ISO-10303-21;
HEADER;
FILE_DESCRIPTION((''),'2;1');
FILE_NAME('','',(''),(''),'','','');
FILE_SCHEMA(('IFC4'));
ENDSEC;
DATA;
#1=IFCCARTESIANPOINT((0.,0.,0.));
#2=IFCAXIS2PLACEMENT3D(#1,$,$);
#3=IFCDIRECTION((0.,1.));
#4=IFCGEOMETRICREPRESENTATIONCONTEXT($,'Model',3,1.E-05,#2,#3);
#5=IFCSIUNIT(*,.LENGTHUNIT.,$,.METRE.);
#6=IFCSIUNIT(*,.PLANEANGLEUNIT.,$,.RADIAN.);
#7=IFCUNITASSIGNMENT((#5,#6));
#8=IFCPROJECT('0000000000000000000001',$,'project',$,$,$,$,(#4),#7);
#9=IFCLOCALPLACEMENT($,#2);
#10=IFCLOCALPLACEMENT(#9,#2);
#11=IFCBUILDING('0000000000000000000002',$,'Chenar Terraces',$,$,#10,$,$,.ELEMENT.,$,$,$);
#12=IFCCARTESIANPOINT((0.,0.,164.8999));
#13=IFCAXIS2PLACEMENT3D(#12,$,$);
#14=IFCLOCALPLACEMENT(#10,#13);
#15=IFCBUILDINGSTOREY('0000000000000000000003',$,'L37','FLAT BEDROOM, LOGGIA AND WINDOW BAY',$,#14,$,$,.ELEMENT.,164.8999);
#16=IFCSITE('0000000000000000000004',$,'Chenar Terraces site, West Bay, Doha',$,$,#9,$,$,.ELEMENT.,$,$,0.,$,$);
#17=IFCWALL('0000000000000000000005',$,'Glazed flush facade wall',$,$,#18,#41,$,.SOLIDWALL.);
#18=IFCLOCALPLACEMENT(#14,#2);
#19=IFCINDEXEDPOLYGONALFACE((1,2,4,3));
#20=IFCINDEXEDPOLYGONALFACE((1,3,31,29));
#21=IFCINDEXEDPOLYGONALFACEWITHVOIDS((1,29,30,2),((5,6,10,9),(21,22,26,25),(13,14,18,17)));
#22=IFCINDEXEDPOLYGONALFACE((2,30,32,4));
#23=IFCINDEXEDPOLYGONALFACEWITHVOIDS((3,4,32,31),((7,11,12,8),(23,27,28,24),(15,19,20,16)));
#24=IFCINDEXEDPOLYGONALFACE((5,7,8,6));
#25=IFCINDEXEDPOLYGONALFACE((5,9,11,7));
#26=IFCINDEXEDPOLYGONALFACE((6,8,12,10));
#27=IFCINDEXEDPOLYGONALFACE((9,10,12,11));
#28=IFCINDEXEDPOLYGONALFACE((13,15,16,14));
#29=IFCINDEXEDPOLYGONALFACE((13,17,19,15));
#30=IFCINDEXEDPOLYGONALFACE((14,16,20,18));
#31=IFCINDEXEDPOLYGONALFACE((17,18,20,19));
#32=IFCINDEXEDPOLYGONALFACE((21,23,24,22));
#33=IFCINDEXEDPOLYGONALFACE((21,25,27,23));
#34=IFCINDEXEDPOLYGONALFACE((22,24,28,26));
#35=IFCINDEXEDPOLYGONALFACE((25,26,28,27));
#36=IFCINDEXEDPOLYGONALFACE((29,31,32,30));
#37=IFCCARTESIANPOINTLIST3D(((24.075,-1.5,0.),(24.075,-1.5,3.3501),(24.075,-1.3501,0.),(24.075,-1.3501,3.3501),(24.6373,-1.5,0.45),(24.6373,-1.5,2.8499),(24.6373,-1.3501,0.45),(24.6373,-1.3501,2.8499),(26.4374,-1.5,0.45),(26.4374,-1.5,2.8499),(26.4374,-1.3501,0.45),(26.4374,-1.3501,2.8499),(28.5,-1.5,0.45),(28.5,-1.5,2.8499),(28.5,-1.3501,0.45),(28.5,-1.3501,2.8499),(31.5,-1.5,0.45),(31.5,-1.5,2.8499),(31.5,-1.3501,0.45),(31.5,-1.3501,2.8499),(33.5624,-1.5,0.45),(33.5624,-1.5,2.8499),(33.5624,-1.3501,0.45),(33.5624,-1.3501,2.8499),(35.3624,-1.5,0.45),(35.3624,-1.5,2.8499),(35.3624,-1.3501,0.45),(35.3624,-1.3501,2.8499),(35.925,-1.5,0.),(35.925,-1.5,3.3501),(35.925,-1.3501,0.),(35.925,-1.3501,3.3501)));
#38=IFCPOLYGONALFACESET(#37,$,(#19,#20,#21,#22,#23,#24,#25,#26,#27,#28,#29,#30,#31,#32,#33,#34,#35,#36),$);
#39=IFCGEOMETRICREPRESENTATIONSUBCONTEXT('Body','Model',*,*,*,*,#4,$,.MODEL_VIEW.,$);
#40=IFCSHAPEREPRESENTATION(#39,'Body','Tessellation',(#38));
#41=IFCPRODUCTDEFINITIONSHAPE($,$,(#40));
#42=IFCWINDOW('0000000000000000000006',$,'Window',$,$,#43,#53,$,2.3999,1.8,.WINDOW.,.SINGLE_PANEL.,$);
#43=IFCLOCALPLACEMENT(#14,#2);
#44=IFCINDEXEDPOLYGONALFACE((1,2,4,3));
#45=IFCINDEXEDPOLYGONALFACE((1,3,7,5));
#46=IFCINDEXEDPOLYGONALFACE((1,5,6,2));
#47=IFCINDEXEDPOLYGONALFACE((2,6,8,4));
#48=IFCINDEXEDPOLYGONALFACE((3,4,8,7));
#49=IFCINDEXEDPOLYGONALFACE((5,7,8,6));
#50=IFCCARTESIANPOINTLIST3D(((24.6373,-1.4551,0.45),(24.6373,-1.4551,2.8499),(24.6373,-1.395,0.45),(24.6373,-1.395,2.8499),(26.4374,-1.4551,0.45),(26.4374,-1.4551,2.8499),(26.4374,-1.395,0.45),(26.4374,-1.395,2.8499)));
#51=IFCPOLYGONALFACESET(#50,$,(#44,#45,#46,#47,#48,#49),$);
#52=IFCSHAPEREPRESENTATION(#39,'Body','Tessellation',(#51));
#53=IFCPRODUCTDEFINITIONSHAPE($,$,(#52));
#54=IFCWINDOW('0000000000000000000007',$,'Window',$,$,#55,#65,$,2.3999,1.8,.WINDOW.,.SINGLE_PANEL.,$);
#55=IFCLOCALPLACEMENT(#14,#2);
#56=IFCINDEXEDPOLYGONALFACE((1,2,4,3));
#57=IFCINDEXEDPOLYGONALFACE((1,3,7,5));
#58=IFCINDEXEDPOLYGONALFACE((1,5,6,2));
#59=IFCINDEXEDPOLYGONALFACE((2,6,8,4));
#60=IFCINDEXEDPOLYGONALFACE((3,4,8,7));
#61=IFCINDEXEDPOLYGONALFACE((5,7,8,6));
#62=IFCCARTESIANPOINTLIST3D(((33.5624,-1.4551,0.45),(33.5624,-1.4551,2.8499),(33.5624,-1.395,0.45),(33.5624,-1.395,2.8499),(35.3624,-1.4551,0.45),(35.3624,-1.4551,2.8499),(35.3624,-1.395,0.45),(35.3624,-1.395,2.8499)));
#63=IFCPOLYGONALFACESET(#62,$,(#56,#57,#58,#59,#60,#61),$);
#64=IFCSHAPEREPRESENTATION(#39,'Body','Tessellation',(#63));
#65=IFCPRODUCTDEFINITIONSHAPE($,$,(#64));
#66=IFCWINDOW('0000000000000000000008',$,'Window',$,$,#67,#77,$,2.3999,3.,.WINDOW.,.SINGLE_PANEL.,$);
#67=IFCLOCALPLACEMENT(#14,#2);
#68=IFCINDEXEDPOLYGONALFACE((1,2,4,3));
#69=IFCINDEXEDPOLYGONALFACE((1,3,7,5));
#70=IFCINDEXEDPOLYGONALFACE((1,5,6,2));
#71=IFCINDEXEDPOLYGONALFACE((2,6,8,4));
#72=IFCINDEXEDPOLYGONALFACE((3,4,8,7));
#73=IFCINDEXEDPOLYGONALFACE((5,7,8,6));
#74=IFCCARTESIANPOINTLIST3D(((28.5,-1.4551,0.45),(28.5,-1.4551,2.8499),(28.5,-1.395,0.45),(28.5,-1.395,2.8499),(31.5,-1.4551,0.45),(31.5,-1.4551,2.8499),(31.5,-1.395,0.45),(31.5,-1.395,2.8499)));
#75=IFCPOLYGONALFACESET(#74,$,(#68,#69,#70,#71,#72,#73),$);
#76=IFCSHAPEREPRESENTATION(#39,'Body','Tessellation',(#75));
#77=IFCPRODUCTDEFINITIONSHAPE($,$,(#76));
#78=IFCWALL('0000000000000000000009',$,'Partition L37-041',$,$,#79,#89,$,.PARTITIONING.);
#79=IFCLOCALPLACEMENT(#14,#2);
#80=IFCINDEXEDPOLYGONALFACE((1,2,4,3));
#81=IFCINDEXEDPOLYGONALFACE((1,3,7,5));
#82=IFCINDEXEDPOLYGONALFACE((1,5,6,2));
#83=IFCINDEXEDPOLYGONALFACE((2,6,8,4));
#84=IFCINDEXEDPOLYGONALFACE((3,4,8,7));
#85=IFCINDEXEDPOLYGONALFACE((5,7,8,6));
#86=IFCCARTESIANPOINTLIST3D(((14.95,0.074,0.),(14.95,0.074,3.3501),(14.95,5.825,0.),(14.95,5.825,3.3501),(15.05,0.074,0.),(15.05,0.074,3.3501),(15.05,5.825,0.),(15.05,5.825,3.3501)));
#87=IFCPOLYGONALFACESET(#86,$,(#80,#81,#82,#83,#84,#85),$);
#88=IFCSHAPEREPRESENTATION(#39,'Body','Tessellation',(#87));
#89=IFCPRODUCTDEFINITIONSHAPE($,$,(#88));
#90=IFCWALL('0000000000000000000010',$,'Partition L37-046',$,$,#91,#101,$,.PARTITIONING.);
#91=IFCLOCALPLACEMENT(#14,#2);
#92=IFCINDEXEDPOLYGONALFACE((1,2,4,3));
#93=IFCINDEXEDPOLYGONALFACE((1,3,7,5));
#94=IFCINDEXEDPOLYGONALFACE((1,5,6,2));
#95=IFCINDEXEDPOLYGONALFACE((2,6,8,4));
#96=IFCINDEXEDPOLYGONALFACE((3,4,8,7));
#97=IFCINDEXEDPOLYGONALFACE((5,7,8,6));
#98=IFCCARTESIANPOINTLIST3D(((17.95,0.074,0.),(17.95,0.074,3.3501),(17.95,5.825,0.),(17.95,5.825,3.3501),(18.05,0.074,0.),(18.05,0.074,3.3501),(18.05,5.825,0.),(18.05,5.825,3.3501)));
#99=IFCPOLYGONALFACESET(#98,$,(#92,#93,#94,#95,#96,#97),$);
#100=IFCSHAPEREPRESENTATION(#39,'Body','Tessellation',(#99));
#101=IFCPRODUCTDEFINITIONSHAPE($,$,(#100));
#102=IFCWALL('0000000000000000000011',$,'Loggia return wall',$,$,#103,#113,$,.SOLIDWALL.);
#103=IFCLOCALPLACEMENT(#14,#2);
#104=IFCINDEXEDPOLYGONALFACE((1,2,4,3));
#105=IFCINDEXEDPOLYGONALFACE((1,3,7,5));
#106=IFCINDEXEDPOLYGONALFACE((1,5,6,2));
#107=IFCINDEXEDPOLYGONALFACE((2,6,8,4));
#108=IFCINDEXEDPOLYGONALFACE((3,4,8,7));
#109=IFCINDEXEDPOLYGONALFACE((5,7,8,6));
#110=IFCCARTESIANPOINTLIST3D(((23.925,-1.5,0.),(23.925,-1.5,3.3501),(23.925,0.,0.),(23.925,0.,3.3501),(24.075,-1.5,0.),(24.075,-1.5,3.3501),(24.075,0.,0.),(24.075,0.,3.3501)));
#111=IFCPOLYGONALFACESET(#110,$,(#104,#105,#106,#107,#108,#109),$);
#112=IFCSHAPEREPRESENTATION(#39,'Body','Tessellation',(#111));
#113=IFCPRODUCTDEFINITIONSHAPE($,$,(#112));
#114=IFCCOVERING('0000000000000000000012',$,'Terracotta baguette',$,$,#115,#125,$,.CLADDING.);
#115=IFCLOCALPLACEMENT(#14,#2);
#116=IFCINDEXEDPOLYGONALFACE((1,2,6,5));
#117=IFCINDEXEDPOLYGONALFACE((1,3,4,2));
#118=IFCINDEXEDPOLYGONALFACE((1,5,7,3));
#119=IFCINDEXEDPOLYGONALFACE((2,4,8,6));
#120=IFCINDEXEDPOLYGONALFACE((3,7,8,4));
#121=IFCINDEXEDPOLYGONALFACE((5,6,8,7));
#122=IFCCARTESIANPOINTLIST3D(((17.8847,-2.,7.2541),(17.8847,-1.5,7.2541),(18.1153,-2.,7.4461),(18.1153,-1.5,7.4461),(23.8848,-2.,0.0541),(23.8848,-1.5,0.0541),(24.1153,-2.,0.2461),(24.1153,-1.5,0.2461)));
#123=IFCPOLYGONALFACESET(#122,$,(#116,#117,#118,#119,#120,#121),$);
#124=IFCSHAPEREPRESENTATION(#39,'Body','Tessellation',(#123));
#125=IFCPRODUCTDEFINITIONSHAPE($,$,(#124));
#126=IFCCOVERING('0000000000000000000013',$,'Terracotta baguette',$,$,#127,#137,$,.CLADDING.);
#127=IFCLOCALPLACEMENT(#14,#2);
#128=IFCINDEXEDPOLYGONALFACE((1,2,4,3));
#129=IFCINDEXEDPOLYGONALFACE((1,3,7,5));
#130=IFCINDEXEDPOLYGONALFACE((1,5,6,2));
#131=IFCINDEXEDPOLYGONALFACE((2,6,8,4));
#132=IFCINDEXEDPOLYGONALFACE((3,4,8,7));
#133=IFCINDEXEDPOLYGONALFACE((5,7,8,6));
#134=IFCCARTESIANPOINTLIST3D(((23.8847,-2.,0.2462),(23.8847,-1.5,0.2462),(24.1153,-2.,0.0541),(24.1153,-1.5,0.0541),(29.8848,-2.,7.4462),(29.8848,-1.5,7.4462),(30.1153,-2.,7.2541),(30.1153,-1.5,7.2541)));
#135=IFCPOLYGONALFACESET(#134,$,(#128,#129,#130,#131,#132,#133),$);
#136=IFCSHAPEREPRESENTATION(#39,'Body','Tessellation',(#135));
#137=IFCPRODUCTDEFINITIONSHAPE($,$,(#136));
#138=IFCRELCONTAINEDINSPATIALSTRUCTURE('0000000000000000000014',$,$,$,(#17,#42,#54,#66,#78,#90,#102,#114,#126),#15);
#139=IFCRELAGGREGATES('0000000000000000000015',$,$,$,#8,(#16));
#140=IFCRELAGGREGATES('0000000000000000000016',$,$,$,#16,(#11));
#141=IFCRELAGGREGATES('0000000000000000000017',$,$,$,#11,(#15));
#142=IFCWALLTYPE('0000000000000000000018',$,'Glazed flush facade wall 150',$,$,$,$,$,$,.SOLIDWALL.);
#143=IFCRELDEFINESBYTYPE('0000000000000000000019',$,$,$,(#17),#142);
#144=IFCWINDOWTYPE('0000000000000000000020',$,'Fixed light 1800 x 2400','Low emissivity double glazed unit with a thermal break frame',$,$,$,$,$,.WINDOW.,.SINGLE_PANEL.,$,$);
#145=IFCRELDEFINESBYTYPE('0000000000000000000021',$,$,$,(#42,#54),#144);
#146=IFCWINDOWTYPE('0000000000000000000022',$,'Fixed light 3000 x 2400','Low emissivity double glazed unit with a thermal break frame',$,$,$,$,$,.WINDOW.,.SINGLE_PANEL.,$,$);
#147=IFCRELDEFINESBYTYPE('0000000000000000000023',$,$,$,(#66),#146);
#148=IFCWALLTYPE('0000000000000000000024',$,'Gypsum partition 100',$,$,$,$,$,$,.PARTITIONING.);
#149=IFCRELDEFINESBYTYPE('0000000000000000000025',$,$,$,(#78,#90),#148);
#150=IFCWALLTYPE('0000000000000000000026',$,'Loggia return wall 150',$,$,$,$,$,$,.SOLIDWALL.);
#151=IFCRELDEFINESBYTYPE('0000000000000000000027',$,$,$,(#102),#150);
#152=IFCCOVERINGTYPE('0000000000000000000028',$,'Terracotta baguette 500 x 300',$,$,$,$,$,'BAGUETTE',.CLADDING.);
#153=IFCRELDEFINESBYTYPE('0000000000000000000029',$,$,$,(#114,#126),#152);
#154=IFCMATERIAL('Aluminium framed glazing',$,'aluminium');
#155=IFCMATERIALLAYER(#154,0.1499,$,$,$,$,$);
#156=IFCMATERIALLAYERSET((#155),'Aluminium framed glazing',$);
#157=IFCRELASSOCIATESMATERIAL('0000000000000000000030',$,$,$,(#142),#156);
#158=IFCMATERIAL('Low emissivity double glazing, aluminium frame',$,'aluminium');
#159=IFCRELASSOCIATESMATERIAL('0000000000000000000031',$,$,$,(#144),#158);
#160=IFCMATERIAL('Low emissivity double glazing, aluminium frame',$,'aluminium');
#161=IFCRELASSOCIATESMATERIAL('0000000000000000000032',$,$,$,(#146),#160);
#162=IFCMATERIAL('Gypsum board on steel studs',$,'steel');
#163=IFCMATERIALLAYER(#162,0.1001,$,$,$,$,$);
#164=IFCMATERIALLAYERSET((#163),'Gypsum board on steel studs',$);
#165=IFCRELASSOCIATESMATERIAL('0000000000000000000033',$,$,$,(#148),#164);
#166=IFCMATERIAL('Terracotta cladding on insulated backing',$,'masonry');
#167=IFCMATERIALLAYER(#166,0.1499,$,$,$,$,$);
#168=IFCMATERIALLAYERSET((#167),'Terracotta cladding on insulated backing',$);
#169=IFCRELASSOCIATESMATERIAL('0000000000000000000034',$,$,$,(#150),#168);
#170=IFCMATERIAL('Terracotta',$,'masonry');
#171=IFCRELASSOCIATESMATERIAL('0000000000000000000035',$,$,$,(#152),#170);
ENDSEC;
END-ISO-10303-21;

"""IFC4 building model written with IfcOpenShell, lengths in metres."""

from ifc_helpers import new_model, si_unit, direction, frame, frame_2d, origin, origin_2d, place, context, subcontext, project, spatial, rectangle, extrude, material, layer, layer_set, material_profile, profile_set, type_object, element, fill, save


model = new_model("IFC4")

# Units and contexts
model_context = context("Model", 3, precision=1e-05, world=origin(), true_north=direction((0.0, 1.0)))
body_context = subcontext(model_context, "Body", "Model", "MODEL_VIEW")
ifc_project = project(units=[si_unit("LENGTHUNIT", "METRE"), si_unit("PLANEANGLEUNIT", "RADIAN")], contexts=[model_context])

# Site, building, storey
site_placement = place(None, origin())
site = spatial("IfcSite", under=ifc_project, at=site_placement, Name="Chenar Terraces site, West Bay, Doha", CompositionType="ELEMENT", RefElevation=0.0)
building_placement = place(site_placement, origin())
building = spatial("IfcBuilding", under=site, at=building_placement, Name="Chenar Terraces", CompositionType="ELEMENT")
storey_placement = place(building_placement, frame((0.0, 0.0, 164.8999)))
storey = spatial("IfcBuildingStorey", under=building, at=storey_placement, Name="L37", Description="FLAT BEDROOM, LOGGIA AND WINDOW BAY", CompositionType="ELEMENT", Elevation=164.8999)

# Wall, openings, windows
ifc_material_1 = material(Name="Aluminium framed glazing", Category="aluminium")
ifc_layer_1 = layer(ifc_material_1, 0.1499)
ifc_layer_set_1 = layer_set([ifc_layer_1], Name="Aluminium framed glazing")
wall_type_1 = type_object("IfcWallType", Name="Glazed flush facade wall 150", PredefinedType="SOLIDWALL", material=ifc_layer_set_1)
wall_1_placement = place(storey_placement, frame((24.075, -1.425, 0.0), z_axis=(0.0, 0.0, 1.0), x_axis=(1.0, 0.0, 0.0)))
wall_1 = element("IfcWall", 1, at=wall_1_placement, inside=storey, type_object=wall_type_1, Name="Glazed flush facade wall", PredefinedType="SOLIDWALL", context=body_context, shape_type="SweptSolid", body=[
    extrude(rectangle(XDim=11.8501, YDim=0.1499, at=frame_2d((5.925, 0.0))), origin(), (0.0, 0.0, 1.0), 3.3501),
])
opening_1_placement = place(wall_1_placement, frame((0.5625, 0.0, 0.45)))
opening_1 = element("IfcOpeningElement", 2, at=opening_1_placement, cuts=wall_1, PredefinedType="OPENING", context=body_context, shape_type="SweptSolid", body=[
    extrude(rectangle(XDim=1.8, YDim=2.3999, at=frame_2d((0.8999, 1.2))), frame((0.0, 0.085, 0.0), z_axis=(0.0, -1.0, 0.0), x_axis=(1.0, 0.0, 0.0)), (0.0, 0.0, 1.0), 0.1699),
])
opening_2_placement = place(wall_1_placement, frame((4.425, 0.0, 0.45)))
opening_2 = element("IfcOpeningElement", 3, at=opening_2_placement, cuts=wall_1, PredefinedType="OPENING", context=body_context, shape_type="SweptSolid", body=[
    extrude(rectangle(XDim=3.0, YDim=2.3999, at=frame_2d((1.5, 1.2))), frame((0.0, 0.085, 0.0), z_axis=(0.0, -1.0, 0.0), x_axis=(1.0, 0.0, 0.0)), (0.0, 0.0, 1.0), 0.1699),
])
opening_3_placement = place(wall_1_placement, frame((9.4875, 0.0, 0.45)))
opening_3 = element("IfcOpeningElement", 4, at=opening_3_placement, cuts=wall_1, PredefinedType="OPENING", context=body_context, shape_type="SweptSolid", body=[
    extrude(rectangle(XDim=1.8, YDim=2.3999, at=frame_2d((0.8999, 1.2))), frame((0.0, 0.085, 0.0), z_axis=(0.0, -1.0, 0.0), x_axis=(1.0, 0.0, 0.0)), (0.0, 0.0, 1.0), 0.1699),
])
ifc_material_2 = material(Name="Low emissivity double glazing, aluminium frame", Category="aluminium")
window_type_1 = type_object("IfcWindowType", Name="Fixed light 1800 x 2400", Description="Low emissivity double glazed unit with a thermal break frame", PartitioningType="SINGLE_PANEL", PredefinedType="WINDOW", material=ifc_material_2)
window_1_placement = place(opening_1_placement, origin())
window_1 = element("IfcWindow", 5, at=window_1_placement, inside=storey, type_object=window_type_1, Name="Window", OverallHeight=2.3999, OverallWidth=1.8, PartitioningType="SINGLE_PANEL", PredefinedType="WINDOW", context=body_context, shape_type="SweptSolid", body=[
    extrude(rectangle(XDim=1.8, YDim=2.3999, at=frame_2d((0.8999, 1.2))), frame((0.0, 0.03, 0.0), z_axis=(0.0, -1.0, 0.0), x_axis=(1.0, 0.0, 0.0)), (0.0, 0.0, 1.0), 0.0601),
])
fill(opening_1, window_1)
window_2_placement = place(opening_3_placement, origin())
window_2 = element("IfcWindow", 6, at=window_2_placement, inside=storey, type_object=window_type_1, Name="Window", OverallHeight=2.3999, OverallWidth=1.8, PartitioningType="SINGLE_PANEL", PredefinedType="WINDOW", context=body_context, shape_type="SweptSolid", body=[
    extrude(rectangle(XDim=1.8, YDim=2.3999, at=frame_2d((0.8999, 1.2))), frame((0.0, 0.03, 0.0), z_axis=(0.0, -1.0, 0.0), x_axis=(1.0, 0.0, 0.0)), (0.0, 0.0, 1.0), 0.0601),
])
fill(opening_3, window_2)
ifc_material_3 = material(Name="Low emissivity double glazing, aluminium frame", Category="aluminium")
window_type_2 = type_object("IfcWindowType", Name="Fixed light 3000 x 2400", Description="Low emissivity double glazed unit with a thermal break frame", PartitioningType="SINGLE_PANEL", PredefinedType="WINDOW", material=ifc_material_3)
window_3_placement = place(opening_2_placement, origin())
window_3 = element("IfcWindow", 7, at=window_3_placement, inside=storey, type_object=window_type_2, Name="Window", OverallHeight=2.3999, OverallWidth=3.0, PartitioningType="SINGLE_PANEL", PredefinedType="WINDOW", context=body_context, shape_type="SweptSolid", body=[
    extrude(rectangle(XDim=3.0, YDim=2.3999, at=frame_2d((1.5, 1.2))), frame((0.0, 0.03, 0.0), z_axis=(0.0, -1.0, 0.0), x_axis=(1.0, 0.0, 0.0)), (0.0, 0.0, 1.0), 0.0601),
])
fill(opening_2, window_3)

# Walls
ifc_material_4 = material(Name="Gypsum board on steel studs", Category="steel")
ifc_layer_2 = layer(ifc_material_4, 0.1001)
ifc_layer_set_2 = layer_set([ifc_layer_2], Name="Gypsum board on steel studs")
wall_type_2 = type_object("IfcWallType", Name="Gypsum partition 100", PredefinedType="PARTITIONING", material=ifc_layer_set_2)
for number, where, z_axis, x_axis, name in (
    (8, (15.0, 0.074, 0.0), (0.0, 0.0, 1.0), (0.0, 1.0, 0.0), "Partition L37-041"),
    (9, (18.0, 0.074, 0.0), (0.0, 0.0, 1.0), (0.0, 1.0, 0.0), "Partition L37-046"),
):
    element("IfcWall", number, at=place(storey_placement, frame(where, z_axis=z_axis, x_axis=x_axis)), inside=storey, type_object=wall_type_2, Name=name, PredefinedType="PARTITIONING", context=body_context, shape_type="SweptSolid", body=[
        extrude(rectangle(XDim=5.751, YDim=0.1001, at=frame_2d((2.8755, 0.0))), origin(), (0.0, 0.0, 1.0), 3.3501),
    ])
ifc_material_5 = material(Name="Terracotta cladding on insulated backing", Category="masonry")
ifc_layer_3 = layer(ifc_material_5, 0.1499)
ifc_layer_set_3 = layer_set([ifc_layer_3], Name="Terracotta cladding on insulated backing")
wall_type_3 = type_object("IfcWallType", Name="Loggia return wall 150", PredefinedType="SOLIDWALL", material=ifc_layer_set_3)
wall_2_placement = place(storey_placement, frame((24.0, -1.5, 0.0), z_axis=(0.0, 0.0, 1.0), x_axis=(0.0, 1.0, 0.0)))
element("IfcWall", 10, at=wall_2_placement, inside=storey, type_object=wall_type_3, Name="Loggia return wall", PredefinedType="SOLIDWALL", context=body_context, shape_type="SweptSolid", body=[
    extrude(rectangle(XDim=1.5, YDim=0.1499, at=frame_2d((0.75, 0.0))), origin(), (0.0, 0.0, 1.0), 3.3501),
])

# Coverings
ifc_material_6 = material(Name="Terracotta", Category="masonry")
ifc_material_profile_1 = material_profile(ifc_material_6, rectangle(XDim=0.5, YDim=0.3, at=origin_2d()), Name="Terracotta baguette 500 x 300")
ifc_profile_set_1 = profile_set([ifc_material_profile_1], Name="Terracotta")
covering_type = type_object("IfcCoveringType", Name="Terracotta baguette 500 x 300", ElementType="BAGUETTE", PredefinedType="CLADDING", material=ifc_profile_set_1)
for number, where, z_axis, x_axis, name in (
    (11, (18.0, -1.75, 7.3501), (0.640187, 0.0, -0.768219), (0.0, 1.0, 0.0), "Terracotta baguette"),
    (12, (24.0, -1.75, 0.1501), (0.640187, 0.0, 0.768219), (0.0, 1.0, 0.0), "Terracotta baguette"),
):
    element("IfcCovering", number, at=place(storey_placement, frame(where, z_axis=z_axis, x_axis=x_axis)), inside=storey, type_object=covering_type, Name=name, PredefinedType="CLADDING", context=body_context, shape_type="SweptSolid", body=[
        extrude(rectangle(XDim=0.5, YDim=0.3, at=origin_2d()), origin(), (0.0, 0.0, 1.0), 9.3723),
    ])

save(model, "model.ifc")
